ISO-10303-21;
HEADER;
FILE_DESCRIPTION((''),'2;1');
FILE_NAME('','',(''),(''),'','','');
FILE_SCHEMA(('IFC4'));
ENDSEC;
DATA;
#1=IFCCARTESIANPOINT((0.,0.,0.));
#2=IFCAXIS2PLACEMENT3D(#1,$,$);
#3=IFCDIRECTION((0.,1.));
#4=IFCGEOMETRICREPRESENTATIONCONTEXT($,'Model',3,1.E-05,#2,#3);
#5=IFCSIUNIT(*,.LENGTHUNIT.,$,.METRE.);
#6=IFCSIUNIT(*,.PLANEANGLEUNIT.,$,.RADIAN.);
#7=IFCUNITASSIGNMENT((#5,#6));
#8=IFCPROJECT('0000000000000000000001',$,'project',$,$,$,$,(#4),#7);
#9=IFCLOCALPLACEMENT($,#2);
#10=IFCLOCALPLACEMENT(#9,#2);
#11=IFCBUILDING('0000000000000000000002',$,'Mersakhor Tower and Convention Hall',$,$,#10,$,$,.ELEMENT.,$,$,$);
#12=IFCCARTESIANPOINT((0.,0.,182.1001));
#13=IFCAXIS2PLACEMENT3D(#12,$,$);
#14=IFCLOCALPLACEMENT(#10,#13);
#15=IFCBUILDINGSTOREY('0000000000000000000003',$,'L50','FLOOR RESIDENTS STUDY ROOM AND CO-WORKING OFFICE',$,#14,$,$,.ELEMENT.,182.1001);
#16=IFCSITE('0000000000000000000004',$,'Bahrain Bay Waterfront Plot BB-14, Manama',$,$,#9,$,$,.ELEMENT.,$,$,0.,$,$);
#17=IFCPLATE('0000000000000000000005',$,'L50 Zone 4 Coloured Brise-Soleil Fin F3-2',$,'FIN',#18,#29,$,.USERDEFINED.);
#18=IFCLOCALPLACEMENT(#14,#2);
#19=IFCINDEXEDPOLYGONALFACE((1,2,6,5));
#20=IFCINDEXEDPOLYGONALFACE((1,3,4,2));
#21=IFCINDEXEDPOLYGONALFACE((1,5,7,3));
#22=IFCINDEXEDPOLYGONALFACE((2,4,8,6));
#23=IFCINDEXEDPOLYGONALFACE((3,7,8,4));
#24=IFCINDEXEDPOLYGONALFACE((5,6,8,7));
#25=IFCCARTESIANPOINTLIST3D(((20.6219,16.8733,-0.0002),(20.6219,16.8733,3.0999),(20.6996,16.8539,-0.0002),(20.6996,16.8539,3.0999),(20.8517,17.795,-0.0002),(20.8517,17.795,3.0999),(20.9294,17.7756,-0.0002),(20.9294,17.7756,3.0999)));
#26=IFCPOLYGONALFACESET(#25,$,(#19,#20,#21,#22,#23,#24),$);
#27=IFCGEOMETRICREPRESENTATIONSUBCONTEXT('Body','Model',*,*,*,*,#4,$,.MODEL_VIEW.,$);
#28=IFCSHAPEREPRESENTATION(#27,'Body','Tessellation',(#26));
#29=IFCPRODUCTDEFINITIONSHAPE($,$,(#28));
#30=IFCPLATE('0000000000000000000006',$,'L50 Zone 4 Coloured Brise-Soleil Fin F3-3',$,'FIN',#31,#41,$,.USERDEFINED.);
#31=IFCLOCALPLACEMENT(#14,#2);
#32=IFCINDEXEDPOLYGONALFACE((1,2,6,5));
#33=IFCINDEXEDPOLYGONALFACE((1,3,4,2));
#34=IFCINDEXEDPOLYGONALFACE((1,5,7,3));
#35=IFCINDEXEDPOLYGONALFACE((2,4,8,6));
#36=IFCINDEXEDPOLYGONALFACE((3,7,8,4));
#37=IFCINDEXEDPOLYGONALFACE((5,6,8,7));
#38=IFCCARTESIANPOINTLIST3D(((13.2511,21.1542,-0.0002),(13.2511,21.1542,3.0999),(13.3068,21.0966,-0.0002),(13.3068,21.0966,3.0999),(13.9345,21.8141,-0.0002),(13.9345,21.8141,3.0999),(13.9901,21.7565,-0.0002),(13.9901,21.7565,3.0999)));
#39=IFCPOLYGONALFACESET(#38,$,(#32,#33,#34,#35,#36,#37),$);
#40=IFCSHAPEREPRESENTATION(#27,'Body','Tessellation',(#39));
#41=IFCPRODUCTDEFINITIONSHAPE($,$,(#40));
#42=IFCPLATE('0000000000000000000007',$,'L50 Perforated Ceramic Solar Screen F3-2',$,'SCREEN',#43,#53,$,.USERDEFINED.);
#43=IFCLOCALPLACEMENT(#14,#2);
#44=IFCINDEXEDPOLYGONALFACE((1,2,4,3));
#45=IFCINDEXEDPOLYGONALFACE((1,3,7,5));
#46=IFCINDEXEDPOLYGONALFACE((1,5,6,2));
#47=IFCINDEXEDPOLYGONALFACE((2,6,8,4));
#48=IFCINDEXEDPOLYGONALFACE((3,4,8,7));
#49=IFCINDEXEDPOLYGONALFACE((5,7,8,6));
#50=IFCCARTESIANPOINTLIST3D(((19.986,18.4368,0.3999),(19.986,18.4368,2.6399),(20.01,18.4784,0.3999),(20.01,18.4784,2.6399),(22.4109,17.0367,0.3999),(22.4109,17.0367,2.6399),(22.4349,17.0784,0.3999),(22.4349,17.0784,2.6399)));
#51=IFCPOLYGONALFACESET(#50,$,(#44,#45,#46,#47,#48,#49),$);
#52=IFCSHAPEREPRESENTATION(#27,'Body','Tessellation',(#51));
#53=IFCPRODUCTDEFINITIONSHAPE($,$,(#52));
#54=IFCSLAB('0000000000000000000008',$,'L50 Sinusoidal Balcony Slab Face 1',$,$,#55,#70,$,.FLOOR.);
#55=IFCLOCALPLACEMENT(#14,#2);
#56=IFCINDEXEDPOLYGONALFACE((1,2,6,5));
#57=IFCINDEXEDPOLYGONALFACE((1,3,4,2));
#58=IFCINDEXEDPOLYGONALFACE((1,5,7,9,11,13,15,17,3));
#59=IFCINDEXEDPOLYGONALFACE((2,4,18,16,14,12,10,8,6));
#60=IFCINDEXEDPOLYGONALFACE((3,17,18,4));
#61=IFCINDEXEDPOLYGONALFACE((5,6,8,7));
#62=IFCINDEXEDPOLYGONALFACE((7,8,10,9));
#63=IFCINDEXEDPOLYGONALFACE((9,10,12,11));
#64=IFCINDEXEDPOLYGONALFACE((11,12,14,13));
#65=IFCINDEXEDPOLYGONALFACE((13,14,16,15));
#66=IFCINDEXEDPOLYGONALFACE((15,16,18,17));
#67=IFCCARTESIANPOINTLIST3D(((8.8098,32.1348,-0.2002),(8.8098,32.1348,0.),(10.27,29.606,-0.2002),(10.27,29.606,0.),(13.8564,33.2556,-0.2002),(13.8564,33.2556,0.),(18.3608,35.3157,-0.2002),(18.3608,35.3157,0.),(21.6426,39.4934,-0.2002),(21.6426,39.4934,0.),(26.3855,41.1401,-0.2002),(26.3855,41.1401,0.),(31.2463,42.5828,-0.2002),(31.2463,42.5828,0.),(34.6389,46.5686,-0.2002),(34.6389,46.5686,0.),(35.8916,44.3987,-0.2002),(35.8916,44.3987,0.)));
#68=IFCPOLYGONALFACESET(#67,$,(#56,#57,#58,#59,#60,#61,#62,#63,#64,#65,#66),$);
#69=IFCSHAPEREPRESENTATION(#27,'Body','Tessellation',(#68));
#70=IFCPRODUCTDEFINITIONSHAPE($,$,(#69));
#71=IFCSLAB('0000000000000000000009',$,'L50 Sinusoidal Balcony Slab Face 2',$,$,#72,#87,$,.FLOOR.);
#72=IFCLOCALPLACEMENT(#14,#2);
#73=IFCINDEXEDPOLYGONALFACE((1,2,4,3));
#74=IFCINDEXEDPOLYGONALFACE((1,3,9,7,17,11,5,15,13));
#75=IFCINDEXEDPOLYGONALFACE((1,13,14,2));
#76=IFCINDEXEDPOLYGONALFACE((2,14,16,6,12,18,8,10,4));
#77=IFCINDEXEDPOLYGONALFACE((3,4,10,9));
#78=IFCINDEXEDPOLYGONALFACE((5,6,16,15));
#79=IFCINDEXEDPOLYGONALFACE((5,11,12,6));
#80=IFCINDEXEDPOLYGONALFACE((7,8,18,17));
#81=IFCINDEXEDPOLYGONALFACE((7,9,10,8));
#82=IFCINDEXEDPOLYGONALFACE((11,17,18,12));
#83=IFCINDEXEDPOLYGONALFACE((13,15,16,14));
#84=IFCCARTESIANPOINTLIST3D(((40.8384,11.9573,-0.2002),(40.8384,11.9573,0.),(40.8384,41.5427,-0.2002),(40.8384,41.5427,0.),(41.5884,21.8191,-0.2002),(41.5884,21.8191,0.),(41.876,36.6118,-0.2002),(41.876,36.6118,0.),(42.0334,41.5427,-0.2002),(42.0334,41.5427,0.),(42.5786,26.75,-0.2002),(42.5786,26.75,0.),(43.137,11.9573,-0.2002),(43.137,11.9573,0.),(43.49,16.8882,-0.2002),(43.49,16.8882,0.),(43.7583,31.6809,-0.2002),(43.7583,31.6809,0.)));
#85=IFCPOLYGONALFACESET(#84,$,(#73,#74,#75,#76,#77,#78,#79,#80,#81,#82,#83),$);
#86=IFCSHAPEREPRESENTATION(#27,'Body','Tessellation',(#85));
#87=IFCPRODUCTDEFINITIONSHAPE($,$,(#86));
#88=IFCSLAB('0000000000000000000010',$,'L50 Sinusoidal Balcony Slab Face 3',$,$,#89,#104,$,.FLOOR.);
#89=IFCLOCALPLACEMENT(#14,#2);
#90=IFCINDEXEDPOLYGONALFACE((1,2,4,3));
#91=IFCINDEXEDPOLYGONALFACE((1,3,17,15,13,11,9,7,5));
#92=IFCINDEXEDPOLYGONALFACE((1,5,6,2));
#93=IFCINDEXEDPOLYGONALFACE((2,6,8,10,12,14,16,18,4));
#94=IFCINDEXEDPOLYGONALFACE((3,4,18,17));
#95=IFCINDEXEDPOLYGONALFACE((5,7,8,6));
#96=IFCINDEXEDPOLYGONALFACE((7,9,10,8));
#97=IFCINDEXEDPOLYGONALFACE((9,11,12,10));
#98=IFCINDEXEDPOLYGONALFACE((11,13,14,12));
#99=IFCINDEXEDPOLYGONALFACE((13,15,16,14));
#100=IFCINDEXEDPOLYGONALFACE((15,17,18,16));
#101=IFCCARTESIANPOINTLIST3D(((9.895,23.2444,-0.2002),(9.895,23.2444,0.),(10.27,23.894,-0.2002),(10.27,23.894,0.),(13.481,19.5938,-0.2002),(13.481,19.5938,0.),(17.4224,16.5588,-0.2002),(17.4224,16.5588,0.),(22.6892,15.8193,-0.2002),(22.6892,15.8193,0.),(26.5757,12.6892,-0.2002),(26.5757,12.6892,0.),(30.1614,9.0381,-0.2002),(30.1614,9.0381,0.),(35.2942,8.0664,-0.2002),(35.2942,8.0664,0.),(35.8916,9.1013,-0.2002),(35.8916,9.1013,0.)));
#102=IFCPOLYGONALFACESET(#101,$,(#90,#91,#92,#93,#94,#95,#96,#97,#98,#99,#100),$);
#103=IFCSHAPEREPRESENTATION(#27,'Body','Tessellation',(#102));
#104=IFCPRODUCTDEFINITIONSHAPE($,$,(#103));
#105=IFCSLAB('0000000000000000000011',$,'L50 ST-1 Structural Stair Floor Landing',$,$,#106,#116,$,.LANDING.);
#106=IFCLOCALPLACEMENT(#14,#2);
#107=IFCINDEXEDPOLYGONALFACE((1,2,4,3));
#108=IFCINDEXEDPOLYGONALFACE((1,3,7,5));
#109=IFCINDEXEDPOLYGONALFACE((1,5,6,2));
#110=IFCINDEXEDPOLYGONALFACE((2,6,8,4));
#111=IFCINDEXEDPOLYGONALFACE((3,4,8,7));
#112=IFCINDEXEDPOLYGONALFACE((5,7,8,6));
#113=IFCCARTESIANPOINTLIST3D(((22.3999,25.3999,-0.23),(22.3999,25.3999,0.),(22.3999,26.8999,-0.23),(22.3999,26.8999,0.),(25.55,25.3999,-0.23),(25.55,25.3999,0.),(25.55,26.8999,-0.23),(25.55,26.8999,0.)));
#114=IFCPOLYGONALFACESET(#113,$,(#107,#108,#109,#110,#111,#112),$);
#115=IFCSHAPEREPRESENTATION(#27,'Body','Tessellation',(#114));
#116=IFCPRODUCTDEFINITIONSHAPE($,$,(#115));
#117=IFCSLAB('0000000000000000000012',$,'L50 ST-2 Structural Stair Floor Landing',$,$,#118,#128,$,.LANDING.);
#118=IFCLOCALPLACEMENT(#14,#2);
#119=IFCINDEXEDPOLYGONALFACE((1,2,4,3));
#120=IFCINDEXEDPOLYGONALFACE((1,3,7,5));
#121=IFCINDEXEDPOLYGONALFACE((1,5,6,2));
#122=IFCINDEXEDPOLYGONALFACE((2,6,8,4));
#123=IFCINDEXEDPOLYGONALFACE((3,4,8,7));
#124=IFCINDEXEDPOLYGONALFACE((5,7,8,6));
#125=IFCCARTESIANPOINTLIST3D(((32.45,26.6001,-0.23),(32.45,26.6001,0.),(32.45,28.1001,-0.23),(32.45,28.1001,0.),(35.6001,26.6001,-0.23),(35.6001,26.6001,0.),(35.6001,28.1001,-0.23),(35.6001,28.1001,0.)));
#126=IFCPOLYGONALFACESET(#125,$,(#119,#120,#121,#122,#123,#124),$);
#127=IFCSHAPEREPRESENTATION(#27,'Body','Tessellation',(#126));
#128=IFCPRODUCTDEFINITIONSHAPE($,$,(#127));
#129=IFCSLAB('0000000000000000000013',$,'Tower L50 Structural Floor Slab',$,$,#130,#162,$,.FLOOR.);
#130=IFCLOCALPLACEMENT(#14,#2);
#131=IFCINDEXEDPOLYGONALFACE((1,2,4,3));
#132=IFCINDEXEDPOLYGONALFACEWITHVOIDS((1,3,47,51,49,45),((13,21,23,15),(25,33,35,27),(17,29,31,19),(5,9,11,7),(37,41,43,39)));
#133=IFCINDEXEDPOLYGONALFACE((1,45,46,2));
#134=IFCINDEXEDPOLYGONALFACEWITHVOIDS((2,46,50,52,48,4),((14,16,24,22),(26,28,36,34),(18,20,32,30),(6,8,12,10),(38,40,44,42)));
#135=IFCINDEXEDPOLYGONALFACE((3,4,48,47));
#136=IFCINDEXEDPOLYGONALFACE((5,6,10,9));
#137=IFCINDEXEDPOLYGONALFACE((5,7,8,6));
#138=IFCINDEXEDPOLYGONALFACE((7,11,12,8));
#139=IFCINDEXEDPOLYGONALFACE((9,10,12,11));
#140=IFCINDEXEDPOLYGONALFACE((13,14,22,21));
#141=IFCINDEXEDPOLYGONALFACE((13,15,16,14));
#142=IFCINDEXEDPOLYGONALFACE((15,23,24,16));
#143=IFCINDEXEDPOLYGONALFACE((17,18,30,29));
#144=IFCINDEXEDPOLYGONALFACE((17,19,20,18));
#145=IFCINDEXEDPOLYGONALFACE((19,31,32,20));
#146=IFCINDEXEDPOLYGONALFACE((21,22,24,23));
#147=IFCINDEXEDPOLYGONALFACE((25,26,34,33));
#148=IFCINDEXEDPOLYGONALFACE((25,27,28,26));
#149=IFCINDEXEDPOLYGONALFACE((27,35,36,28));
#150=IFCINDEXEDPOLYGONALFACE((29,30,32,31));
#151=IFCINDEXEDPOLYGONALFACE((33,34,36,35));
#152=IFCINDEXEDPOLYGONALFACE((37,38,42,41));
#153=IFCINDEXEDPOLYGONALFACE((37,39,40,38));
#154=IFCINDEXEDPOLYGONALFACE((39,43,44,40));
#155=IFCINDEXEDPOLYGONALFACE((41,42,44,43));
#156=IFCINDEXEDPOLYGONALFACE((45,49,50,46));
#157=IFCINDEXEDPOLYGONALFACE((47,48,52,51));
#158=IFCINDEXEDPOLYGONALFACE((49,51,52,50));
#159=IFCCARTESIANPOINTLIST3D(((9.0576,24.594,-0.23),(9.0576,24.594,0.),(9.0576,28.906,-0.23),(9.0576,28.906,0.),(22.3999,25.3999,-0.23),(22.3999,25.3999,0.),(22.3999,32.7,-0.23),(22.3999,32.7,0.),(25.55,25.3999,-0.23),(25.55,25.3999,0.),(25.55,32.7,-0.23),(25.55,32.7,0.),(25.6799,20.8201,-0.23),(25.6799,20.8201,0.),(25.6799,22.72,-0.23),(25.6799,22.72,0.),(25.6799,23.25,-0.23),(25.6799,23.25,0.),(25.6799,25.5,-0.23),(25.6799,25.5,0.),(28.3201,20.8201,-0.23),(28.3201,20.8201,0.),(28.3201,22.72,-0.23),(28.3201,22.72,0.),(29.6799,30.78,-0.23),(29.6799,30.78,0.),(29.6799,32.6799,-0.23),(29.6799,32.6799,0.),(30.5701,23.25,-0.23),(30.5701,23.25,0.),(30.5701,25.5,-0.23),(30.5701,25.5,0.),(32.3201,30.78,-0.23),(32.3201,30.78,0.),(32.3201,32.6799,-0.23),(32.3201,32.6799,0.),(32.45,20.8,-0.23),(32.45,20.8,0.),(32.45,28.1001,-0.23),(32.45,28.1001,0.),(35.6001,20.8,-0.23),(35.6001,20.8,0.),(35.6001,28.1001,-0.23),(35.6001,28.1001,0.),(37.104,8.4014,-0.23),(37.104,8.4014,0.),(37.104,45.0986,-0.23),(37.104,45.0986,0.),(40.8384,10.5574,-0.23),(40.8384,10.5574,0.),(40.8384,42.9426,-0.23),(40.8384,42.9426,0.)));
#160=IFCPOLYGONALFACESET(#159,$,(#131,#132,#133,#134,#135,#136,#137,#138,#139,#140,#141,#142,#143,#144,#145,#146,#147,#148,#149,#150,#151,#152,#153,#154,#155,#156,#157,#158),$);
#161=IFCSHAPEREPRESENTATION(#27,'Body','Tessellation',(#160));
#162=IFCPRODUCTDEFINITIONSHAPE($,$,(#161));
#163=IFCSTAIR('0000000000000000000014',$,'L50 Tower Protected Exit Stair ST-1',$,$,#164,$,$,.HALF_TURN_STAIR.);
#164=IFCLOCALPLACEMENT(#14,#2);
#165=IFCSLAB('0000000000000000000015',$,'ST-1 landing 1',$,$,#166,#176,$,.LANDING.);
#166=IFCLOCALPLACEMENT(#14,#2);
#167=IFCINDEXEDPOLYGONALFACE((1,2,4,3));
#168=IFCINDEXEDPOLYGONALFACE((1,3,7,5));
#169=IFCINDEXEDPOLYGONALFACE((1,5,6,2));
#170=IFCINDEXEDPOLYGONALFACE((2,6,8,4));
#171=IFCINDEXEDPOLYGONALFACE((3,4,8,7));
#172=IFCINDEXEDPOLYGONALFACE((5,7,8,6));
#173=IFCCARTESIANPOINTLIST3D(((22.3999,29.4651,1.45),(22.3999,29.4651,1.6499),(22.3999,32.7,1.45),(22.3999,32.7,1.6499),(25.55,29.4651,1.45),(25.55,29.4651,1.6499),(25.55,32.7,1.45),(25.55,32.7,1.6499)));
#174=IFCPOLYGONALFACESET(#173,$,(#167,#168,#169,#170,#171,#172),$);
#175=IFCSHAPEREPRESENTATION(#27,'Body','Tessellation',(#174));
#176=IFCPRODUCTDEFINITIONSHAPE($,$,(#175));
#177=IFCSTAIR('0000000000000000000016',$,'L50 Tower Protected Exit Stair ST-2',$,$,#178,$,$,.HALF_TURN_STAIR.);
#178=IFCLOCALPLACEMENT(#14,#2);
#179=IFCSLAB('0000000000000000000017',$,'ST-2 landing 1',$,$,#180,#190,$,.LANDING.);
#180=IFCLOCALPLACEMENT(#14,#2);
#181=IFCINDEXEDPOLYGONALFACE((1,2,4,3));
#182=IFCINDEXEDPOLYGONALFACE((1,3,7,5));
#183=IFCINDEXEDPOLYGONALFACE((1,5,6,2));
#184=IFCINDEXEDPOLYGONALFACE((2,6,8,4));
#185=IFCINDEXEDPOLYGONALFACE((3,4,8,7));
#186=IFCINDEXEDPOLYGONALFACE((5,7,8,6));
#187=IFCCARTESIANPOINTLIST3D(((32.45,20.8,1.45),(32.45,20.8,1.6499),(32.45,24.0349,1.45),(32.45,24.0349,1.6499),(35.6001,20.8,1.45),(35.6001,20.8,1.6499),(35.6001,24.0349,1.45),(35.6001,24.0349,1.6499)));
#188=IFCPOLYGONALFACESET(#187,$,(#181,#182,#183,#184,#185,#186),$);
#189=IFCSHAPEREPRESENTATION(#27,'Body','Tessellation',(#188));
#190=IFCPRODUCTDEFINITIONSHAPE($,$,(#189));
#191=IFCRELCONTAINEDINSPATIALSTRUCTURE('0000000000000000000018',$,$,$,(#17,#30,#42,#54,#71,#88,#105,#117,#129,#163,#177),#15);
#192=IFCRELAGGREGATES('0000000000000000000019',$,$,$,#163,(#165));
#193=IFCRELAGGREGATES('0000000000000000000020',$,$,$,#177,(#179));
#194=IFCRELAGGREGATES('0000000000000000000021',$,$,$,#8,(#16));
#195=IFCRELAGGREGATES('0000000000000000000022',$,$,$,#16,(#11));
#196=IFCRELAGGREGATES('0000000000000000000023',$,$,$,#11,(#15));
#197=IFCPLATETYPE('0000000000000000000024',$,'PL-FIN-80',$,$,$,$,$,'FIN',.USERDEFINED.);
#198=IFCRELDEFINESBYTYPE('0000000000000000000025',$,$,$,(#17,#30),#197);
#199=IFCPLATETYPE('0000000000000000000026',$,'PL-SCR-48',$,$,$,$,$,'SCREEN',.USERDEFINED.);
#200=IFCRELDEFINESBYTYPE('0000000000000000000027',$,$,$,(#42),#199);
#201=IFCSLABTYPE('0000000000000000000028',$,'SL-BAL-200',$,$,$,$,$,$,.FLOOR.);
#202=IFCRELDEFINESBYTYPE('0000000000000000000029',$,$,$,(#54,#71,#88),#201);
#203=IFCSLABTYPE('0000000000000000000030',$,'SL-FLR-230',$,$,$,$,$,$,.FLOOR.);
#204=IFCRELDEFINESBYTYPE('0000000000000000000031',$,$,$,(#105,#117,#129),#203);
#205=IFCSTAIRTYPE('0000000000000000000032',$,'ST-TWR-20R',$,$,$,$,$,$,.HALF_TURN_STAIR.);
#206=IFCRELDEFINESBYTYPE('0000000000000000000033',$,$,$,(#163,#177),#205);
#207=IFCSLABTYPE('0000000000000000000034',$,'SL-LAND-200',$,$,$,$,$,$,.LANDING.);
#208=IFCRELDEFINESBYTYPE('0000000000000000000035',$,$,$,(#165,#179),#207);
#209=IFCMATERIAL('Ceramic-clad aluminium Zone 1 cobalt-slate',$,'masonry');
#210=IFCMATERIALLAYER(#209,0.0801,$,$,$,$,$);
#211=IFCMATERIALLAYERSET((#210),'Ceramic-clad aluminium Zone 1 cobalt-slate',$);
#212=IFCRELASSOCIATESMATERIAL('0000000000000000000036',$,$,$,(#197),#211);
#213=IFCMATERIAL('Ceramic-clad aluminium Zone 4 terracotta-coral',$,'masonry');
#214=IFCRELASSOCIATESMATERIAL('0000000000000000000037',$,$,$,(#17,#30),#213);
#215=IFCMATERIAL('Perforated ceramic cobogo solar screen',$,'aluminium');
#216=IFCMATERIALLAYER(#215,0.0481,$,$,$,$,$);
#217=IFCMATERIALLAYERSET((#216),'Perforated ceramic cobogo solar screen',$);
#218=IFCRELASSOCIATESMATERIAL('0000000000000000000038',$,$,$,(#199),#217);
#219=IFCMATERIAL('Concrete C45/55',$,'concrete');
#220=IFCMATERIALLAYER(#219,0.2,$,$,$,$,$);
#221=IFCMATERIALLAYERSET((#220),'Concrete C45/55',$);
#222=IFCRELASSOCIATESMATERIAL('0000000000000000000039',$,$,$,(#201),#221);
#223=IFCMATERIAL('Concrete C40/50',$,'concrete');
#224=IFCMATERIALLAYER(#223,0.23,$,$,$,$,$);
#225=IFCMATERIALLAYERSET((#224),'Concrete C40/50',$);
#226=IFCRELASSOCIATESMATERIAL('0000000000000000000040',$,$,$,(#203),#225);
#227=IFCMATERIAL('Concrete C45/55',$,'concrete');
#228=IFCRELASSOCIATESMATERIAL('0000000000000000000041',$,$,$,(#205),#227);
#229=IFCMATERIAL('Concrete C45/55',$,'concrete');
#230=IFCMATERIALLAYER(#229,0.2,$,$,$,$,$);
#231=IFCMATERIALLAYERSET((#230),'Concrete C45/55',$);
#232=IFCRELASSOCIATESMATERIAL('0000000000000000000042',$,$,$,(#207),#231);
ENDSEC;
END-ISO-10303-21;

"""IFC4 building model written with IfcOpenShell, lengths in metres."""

from ifc_helpers import new_model, si_unit, direction, frame, origin, origin_2d, place, context, subcontext, project, spatial, polyline, rectangle, outline, extrude, material, layer, layer_set, type_object, element, aggregate, save


model = new_model("IFC4")

# Units and contexts
model_context = context("Model", 3, precision=1e-05, world=origin(), true_north=direction((0.0, 1.0)))
body_context = subcontext(model_context, "Body", "Model", "MODEL_VIEW")
ifc_project = project(units=[si_unit("LENGTHUNIT", "METRE"), si_unit("PLANEANGLEUNIT", "RADIAN")], contexts=[model_context])

# Site, building, storey
site_placement = place(None, origin())
site = spatial("IfcSite", under=ifc_project, at=site_placement, Name="Bahrain Bay Waterfront Plot BB-14, Manama", CompositionType="ELEMENT", RefElevation=0.0)
building_placement = place(site_placement, origin())
building = spatial("IfcBuilding", under=site, at=building_placement, Name="Mersakhor Tower and Convention Hall", CompositionType="ELEMENT")
storey_placement = place(building_placement, frame((0.0, 0.0, 182.1001)))
storey = spatial("IfcBuildingStorey", under=building, at=storey_placement, Name="L50", Description="FLOOR RESIDENTS STUDY ROOM AND CO-WORKING OFFICE", CompositionType="ELEMENT", Elevation=182.1001)

# Plates
ifc_material_1 = material(Name="Ceramic-clad aluminium Zone 4 terracotta-coral", Category="masonry")
ifc_material_2 = material(Name="Ceramic-clad aluminium Zone 1 cobalt-slate", Category="masonry")
ifc_layer_1 = layer(ifc_material_2, 0.0801)
ifc_layer_set_1 = layer_set([ifc_layer_1], Name="Ceramic-clad aluminium Zone 1 cobalt-slate")
plate_type_1 = type_object("IfcPlateType", Name="PL-FIN-80", ElementType="FIN", PredefinedType="USERDEFINED", material=ifc_layer_set_1)
for number, where, z_axis, x_axis, name in (
    (1, (20.7756, 17.3245, -0.0002), (0.0, 0.0, 1.0), (-0.241922, -0.970296, 0.0), "L50 Zone 4 Coloured Brise-Soleil Fin F3-2"),
    (2, (13.6206, 21.4553, -0.0002), (0.0, 0.0, 1.0), (-0.71934, -0.694658, 0.0), "L50 Zone 4 Coloured Brise-Soleil Fin F3-3"),
):
    element("IfcPlate", number, at=place(storey_placement, frame(where, z_axis=z_axis, x_axis=x_axis)), inside=storey, type_object=plate_type_1, material=ifc_material_1, Name=name, ObjectType="FIN", PredefinedType="USERDEFINED", context=body_context, shape_type="SweptSolid", body=[
        extrude(rectangle(XDim=0.95, YDim=0.0801, at=origin_2d()), origin(), (0.0, 0.0, 1.0), 3.1001),
    ])
ifc_material_3 = material(Name="Perforated ceramic cobogo solar screen", Category="aluminium")
ifc_layer_2 = layer(ifc_material_3, 0.0481)
ifc_layer_set_2 = layer_set([ifc_layer_2], Name="Perforated ceramic cobogo solar screen")
plate_type_2 = type_object("IfcPlateType", Name="PL-SCR-48", ElementType="SCREEN", PredefinedType="USERDEFINED", material=ifc_layer_set_2)
plate_1_placement = place(storey_placement, frame((21.2104, 17.7576, 0.3999), z_axis=(0.0, 0.0, 1.0), x_axis=(-0.866025, 0.5, 0.0)))
element("IfcPlate", 3, at=plate_1_placement, inside=storey, type_object=plate_type_2, Name="L50 Perforated Ceramic Solar Screen F3-2", ObjectType="SCREEN", PredefinedType="USERDEFINED", context=body_context, shape_type="SweptSolid", body=[
    extrude(rectangle(XDim=2.8, YDim=0.0481, at=origin_2d()), origin(), (0.0, 0.0, 1.0), 2.24),
])

# Slabs
ifc_material_4 = material(Name="Concrete C45/55", Category="concrete")
ifc_layer_3 = layer(ifc_material_4, 0.2)
ifc_layer_set_3 = layer_set([ifc_layer_3], Name="Concrete C45/55")
slab_type_1 = type_object("IfcSlabType", Name="SL-BAL-200", PredefinedType="FLOOR", material=ifc_layer_set_3)
slab_1_placement = place(storey_placement, frame((0.0, 0.0, -0.2002)))
element("IfcSlab", 4, at=slab_1_placement, inside=storey, type_object=slab_type_1, Name="L50 Sinusoidal Balcony Slab Face 1", PredefinedType="FLOOR", context=body_context, shape_type="SweptSolid", body=[
    extrude(outline(polyline([(10.27, 29.606), (35.8916, 44.3987), (34.6389, 46.5686), (31.2463, 42.5828), (26.3855, 41.1401), (21.6426, 39.4934), (18.3608, 35.3157), (13.8564, 33.2556), (8.8098, 32.1348), (10.27, 29.606)])), origin(), (0.0, 0.0, 1.0), 0.2002),
])
slab_2_placement = place(storey_placement, frame((0.0, 0.0, -0.2002)))
element("IfcSlab", 5, at=slab_2_placement, inside=storey, type_object=slab_type_1, Name="L50 Sinusoidal Balcony Slab Face 2", PredefinedType="FLOOR", context=body_context, shape_type="SweptSolid", body=[
    extrude(outline(polyline([(40.8384, 41.5427), (40.8384, 11.9573), (43.137, 11.9573), (43.49, 16.8882), (41.5884, 21.8191), (42.5786, 26.75), (43.7583, 31.6809), (41.876, 36.6118), (42.0334, 41.5427), (40.8384, 41.5427)])), origin(), (0.0, 0.0, 1.0), 0.2002),
])
slab_3_placement = place(storey_placement, frame((0.0, 0.0, -0.2002)))
element("IfcSlab", 6, at=slab_3_placement, inside=storey, type_object=slab_type_1, Name="L50 Sinusoidal Balcony Slab Face 3", PredefinedType="FLOOR", context=body_context, shape_type="SweptSolid", body=[
    extrude(outline(polyline([(35.8916, 9.1013), (10.27, 23.894), (9.895, 23.2444), (13.481, 19.5938), (17.4224, 16.5588), (22.6892, 15.8193), (26.5757, 12.6892), (30.1614, 9.0381), (35.2942, 8.0664), (35.8916, 9.1013)])), origin(), (0.0, 0.0, 1.0), 0.2002),
])
ifc_material_5 = material(Name="Concrete C40/50", Category="concrete")
ifc_layer_4 = layer(ifc_material_5, 0.23)
ifc_layer_set_4 = layer_set([ifc_layer_4], Name="Concrete C40/50")
slab_type_2 = type_object("IfcSlabType", Name="SL-FLR-230", PredefinedType="FLOOR", material=ifc_layer_set_4)
slab_4_placement = place(storey_placement, frame((0.0, 0.0, -0.23)))
element("IfcSlab", 7, at=slab_4_placement, inside=storey, type_object=slab_type_2, Name="L50 ST-1 Structural Stair Floor Landing", PredefinedType="LANDING", context=body_context, shape_type="SweptSolid", body=[
    extrude(outline(polyline([(25.55, 25.3999), (25.55, 26.8999), (22.3999, 26.8999), (22.3999, 25.3999), (25.55, 25.3999)])), origin(), (0.0, 0.0, 1.0), 0.23),
])
slab_5_placement = place(storey_placement, frame((0.0, 0.0, -0.23)))
element("IfcSlab", 8, at=slab_5_placement, inside=storey, type_object=slab_type_2, Name="L50 ST-2 Structural Stair Floor Landing", PredefinedType="LANDING", context=body_context, shape_type="SweptSolid", body=[
    extrude(outline(polyline([(32.45, 28.1001), (32.45, 26.6001), (35.6001, 26.6001), (35.6001, 28.1001), (32.45, 28.1001)])), origin(), (0.0, 0.0, 1.0), 0.23),
])
slab_6_placement = place(storey_placement, frame((0.0, 0.0, -0.23)))
element("IfcSlab", 9, at=slab_6_placement, inside=storey, type_object=slab_type_2, Name="Tower L50 Structural Floor Slab", PredefinedType="FLOOR", context=body_context, shape_type="SweptSolid", body=[
    extrude(outline(polyline([(9.0576, 28.906), (37.104, 45.0986), (40.8384, 42.9426), (40.8384, 10.5574), (37.104, 8.4014), (9.0576, 24.594), (9.0576, 28.906)]), holes=[polyline([(25.55, 25.3999), (25.55, 32.7), (22.3999, 32.7), (22.3999, 25.3999), (25.55, 25.3999)]), polyline([(32.45, 28.1001), (32.45, 20.8), (35.6001, 20.8), (35.6001, 28.1001), (32.45, 28.1001)]), polyline([(25.6799, 20.8201), (25.6799, 22.72), (28.3201, 22.72), (28.3201, 20.8201), (25.6799, 20.8201)]), polyline([(29.6799, 30.78), (29.6799, 32.6799), (32.3201, 32.6799), (32.3201, 30.78), (29.6799, 30.78)]), polyline([(25.6799, 23.25), (25.6799, 25.5), (30.5701, 25.5), (30.5701, 23.25), (25.6799, 23.25)])]), origin(), (0.0, 0.0, 1.0), 0.23),
])

# Stairs, slabs
ifc_material_6 = material(Name="Concrete C45/55", Category="concrete")
stair_type = type_object("IfcStairType", Name="ST-TWR-20R", PredefinedType="HALF_TURN_STAIR", material=ifc_material_6)
stair_1_placement = place(storey_placement, origin())
stair_1 = element("IfcStair", 10, at=stair_1_placement, inside=storey, type_object=stair_type, Name="L50 Tower Protected Exit Stair ST-1", PredefinedType="HALF_TURN_STAIR")
ifc_material_7 = material(Name="Concrete C45/55", Category="concrete")
ifc_layer_5 = layer(ifc_material_7, 0.2)
ifc_layer_set_5 = layer_set([ifc_layer_5], Name="Concrete C45/55")
slab_type_3 = type_object("IfcSlabType", Name="SL-LAND-200", PredefinedType="LANDING", material=ifc_layer_set_5)
slab_7_placement = place(storey_placement, frame((0.0, 0.0, 1.45)))
slab_7 = element("IfcSlab", 11, at=slab_7_placement, type_object=slab_type_3, Name="ST-1 landing 1", PredefinedType="LANDING", context=body_context, shape_type="SweptSolid", body=[
    extrude(outline(polyline([(25.55, 29.4651), (25.55, 32.7), (22.3999, 32.7), (22.3999, 29.4651), (25.55, 29.4651)])), origin(), (0.0, 0.0, 1.0), 0.2),
])
aggregate(stair_1, [slab_7])
stair_2_placement = place(storey_placement, origin())
stair_2 = element("IfcStair", 12, at=stair_2_placement, inside=storey, type_object=stair_type, Name="L50 Tower Protected Exit Stair ST-2", PredefinedType="HALF_TURN_STAIR")
slab_8_placement = place(storey_placement, frame((0.0, 0.0, 1.45)))
slab_8 = element("IfcSlab", 13, at=slab_8_placement, type_object=slab_type_3, Name="ST-2 landing 1", PredefinedType="LANDING", context=body_context, shape_type="SweptSolid", body=[
    extrude(outline(polyline([(32.45, 24.0349), (32.45, 20.8), (35.6001, 20.8), (35.6001, 24.0349), (32.45, 24.0349)])), origin(), (0.0, 0.0, 1.0), 0.2),
])
aggregate(stair_2, [slab_8])

save(model, "model.ifc")
